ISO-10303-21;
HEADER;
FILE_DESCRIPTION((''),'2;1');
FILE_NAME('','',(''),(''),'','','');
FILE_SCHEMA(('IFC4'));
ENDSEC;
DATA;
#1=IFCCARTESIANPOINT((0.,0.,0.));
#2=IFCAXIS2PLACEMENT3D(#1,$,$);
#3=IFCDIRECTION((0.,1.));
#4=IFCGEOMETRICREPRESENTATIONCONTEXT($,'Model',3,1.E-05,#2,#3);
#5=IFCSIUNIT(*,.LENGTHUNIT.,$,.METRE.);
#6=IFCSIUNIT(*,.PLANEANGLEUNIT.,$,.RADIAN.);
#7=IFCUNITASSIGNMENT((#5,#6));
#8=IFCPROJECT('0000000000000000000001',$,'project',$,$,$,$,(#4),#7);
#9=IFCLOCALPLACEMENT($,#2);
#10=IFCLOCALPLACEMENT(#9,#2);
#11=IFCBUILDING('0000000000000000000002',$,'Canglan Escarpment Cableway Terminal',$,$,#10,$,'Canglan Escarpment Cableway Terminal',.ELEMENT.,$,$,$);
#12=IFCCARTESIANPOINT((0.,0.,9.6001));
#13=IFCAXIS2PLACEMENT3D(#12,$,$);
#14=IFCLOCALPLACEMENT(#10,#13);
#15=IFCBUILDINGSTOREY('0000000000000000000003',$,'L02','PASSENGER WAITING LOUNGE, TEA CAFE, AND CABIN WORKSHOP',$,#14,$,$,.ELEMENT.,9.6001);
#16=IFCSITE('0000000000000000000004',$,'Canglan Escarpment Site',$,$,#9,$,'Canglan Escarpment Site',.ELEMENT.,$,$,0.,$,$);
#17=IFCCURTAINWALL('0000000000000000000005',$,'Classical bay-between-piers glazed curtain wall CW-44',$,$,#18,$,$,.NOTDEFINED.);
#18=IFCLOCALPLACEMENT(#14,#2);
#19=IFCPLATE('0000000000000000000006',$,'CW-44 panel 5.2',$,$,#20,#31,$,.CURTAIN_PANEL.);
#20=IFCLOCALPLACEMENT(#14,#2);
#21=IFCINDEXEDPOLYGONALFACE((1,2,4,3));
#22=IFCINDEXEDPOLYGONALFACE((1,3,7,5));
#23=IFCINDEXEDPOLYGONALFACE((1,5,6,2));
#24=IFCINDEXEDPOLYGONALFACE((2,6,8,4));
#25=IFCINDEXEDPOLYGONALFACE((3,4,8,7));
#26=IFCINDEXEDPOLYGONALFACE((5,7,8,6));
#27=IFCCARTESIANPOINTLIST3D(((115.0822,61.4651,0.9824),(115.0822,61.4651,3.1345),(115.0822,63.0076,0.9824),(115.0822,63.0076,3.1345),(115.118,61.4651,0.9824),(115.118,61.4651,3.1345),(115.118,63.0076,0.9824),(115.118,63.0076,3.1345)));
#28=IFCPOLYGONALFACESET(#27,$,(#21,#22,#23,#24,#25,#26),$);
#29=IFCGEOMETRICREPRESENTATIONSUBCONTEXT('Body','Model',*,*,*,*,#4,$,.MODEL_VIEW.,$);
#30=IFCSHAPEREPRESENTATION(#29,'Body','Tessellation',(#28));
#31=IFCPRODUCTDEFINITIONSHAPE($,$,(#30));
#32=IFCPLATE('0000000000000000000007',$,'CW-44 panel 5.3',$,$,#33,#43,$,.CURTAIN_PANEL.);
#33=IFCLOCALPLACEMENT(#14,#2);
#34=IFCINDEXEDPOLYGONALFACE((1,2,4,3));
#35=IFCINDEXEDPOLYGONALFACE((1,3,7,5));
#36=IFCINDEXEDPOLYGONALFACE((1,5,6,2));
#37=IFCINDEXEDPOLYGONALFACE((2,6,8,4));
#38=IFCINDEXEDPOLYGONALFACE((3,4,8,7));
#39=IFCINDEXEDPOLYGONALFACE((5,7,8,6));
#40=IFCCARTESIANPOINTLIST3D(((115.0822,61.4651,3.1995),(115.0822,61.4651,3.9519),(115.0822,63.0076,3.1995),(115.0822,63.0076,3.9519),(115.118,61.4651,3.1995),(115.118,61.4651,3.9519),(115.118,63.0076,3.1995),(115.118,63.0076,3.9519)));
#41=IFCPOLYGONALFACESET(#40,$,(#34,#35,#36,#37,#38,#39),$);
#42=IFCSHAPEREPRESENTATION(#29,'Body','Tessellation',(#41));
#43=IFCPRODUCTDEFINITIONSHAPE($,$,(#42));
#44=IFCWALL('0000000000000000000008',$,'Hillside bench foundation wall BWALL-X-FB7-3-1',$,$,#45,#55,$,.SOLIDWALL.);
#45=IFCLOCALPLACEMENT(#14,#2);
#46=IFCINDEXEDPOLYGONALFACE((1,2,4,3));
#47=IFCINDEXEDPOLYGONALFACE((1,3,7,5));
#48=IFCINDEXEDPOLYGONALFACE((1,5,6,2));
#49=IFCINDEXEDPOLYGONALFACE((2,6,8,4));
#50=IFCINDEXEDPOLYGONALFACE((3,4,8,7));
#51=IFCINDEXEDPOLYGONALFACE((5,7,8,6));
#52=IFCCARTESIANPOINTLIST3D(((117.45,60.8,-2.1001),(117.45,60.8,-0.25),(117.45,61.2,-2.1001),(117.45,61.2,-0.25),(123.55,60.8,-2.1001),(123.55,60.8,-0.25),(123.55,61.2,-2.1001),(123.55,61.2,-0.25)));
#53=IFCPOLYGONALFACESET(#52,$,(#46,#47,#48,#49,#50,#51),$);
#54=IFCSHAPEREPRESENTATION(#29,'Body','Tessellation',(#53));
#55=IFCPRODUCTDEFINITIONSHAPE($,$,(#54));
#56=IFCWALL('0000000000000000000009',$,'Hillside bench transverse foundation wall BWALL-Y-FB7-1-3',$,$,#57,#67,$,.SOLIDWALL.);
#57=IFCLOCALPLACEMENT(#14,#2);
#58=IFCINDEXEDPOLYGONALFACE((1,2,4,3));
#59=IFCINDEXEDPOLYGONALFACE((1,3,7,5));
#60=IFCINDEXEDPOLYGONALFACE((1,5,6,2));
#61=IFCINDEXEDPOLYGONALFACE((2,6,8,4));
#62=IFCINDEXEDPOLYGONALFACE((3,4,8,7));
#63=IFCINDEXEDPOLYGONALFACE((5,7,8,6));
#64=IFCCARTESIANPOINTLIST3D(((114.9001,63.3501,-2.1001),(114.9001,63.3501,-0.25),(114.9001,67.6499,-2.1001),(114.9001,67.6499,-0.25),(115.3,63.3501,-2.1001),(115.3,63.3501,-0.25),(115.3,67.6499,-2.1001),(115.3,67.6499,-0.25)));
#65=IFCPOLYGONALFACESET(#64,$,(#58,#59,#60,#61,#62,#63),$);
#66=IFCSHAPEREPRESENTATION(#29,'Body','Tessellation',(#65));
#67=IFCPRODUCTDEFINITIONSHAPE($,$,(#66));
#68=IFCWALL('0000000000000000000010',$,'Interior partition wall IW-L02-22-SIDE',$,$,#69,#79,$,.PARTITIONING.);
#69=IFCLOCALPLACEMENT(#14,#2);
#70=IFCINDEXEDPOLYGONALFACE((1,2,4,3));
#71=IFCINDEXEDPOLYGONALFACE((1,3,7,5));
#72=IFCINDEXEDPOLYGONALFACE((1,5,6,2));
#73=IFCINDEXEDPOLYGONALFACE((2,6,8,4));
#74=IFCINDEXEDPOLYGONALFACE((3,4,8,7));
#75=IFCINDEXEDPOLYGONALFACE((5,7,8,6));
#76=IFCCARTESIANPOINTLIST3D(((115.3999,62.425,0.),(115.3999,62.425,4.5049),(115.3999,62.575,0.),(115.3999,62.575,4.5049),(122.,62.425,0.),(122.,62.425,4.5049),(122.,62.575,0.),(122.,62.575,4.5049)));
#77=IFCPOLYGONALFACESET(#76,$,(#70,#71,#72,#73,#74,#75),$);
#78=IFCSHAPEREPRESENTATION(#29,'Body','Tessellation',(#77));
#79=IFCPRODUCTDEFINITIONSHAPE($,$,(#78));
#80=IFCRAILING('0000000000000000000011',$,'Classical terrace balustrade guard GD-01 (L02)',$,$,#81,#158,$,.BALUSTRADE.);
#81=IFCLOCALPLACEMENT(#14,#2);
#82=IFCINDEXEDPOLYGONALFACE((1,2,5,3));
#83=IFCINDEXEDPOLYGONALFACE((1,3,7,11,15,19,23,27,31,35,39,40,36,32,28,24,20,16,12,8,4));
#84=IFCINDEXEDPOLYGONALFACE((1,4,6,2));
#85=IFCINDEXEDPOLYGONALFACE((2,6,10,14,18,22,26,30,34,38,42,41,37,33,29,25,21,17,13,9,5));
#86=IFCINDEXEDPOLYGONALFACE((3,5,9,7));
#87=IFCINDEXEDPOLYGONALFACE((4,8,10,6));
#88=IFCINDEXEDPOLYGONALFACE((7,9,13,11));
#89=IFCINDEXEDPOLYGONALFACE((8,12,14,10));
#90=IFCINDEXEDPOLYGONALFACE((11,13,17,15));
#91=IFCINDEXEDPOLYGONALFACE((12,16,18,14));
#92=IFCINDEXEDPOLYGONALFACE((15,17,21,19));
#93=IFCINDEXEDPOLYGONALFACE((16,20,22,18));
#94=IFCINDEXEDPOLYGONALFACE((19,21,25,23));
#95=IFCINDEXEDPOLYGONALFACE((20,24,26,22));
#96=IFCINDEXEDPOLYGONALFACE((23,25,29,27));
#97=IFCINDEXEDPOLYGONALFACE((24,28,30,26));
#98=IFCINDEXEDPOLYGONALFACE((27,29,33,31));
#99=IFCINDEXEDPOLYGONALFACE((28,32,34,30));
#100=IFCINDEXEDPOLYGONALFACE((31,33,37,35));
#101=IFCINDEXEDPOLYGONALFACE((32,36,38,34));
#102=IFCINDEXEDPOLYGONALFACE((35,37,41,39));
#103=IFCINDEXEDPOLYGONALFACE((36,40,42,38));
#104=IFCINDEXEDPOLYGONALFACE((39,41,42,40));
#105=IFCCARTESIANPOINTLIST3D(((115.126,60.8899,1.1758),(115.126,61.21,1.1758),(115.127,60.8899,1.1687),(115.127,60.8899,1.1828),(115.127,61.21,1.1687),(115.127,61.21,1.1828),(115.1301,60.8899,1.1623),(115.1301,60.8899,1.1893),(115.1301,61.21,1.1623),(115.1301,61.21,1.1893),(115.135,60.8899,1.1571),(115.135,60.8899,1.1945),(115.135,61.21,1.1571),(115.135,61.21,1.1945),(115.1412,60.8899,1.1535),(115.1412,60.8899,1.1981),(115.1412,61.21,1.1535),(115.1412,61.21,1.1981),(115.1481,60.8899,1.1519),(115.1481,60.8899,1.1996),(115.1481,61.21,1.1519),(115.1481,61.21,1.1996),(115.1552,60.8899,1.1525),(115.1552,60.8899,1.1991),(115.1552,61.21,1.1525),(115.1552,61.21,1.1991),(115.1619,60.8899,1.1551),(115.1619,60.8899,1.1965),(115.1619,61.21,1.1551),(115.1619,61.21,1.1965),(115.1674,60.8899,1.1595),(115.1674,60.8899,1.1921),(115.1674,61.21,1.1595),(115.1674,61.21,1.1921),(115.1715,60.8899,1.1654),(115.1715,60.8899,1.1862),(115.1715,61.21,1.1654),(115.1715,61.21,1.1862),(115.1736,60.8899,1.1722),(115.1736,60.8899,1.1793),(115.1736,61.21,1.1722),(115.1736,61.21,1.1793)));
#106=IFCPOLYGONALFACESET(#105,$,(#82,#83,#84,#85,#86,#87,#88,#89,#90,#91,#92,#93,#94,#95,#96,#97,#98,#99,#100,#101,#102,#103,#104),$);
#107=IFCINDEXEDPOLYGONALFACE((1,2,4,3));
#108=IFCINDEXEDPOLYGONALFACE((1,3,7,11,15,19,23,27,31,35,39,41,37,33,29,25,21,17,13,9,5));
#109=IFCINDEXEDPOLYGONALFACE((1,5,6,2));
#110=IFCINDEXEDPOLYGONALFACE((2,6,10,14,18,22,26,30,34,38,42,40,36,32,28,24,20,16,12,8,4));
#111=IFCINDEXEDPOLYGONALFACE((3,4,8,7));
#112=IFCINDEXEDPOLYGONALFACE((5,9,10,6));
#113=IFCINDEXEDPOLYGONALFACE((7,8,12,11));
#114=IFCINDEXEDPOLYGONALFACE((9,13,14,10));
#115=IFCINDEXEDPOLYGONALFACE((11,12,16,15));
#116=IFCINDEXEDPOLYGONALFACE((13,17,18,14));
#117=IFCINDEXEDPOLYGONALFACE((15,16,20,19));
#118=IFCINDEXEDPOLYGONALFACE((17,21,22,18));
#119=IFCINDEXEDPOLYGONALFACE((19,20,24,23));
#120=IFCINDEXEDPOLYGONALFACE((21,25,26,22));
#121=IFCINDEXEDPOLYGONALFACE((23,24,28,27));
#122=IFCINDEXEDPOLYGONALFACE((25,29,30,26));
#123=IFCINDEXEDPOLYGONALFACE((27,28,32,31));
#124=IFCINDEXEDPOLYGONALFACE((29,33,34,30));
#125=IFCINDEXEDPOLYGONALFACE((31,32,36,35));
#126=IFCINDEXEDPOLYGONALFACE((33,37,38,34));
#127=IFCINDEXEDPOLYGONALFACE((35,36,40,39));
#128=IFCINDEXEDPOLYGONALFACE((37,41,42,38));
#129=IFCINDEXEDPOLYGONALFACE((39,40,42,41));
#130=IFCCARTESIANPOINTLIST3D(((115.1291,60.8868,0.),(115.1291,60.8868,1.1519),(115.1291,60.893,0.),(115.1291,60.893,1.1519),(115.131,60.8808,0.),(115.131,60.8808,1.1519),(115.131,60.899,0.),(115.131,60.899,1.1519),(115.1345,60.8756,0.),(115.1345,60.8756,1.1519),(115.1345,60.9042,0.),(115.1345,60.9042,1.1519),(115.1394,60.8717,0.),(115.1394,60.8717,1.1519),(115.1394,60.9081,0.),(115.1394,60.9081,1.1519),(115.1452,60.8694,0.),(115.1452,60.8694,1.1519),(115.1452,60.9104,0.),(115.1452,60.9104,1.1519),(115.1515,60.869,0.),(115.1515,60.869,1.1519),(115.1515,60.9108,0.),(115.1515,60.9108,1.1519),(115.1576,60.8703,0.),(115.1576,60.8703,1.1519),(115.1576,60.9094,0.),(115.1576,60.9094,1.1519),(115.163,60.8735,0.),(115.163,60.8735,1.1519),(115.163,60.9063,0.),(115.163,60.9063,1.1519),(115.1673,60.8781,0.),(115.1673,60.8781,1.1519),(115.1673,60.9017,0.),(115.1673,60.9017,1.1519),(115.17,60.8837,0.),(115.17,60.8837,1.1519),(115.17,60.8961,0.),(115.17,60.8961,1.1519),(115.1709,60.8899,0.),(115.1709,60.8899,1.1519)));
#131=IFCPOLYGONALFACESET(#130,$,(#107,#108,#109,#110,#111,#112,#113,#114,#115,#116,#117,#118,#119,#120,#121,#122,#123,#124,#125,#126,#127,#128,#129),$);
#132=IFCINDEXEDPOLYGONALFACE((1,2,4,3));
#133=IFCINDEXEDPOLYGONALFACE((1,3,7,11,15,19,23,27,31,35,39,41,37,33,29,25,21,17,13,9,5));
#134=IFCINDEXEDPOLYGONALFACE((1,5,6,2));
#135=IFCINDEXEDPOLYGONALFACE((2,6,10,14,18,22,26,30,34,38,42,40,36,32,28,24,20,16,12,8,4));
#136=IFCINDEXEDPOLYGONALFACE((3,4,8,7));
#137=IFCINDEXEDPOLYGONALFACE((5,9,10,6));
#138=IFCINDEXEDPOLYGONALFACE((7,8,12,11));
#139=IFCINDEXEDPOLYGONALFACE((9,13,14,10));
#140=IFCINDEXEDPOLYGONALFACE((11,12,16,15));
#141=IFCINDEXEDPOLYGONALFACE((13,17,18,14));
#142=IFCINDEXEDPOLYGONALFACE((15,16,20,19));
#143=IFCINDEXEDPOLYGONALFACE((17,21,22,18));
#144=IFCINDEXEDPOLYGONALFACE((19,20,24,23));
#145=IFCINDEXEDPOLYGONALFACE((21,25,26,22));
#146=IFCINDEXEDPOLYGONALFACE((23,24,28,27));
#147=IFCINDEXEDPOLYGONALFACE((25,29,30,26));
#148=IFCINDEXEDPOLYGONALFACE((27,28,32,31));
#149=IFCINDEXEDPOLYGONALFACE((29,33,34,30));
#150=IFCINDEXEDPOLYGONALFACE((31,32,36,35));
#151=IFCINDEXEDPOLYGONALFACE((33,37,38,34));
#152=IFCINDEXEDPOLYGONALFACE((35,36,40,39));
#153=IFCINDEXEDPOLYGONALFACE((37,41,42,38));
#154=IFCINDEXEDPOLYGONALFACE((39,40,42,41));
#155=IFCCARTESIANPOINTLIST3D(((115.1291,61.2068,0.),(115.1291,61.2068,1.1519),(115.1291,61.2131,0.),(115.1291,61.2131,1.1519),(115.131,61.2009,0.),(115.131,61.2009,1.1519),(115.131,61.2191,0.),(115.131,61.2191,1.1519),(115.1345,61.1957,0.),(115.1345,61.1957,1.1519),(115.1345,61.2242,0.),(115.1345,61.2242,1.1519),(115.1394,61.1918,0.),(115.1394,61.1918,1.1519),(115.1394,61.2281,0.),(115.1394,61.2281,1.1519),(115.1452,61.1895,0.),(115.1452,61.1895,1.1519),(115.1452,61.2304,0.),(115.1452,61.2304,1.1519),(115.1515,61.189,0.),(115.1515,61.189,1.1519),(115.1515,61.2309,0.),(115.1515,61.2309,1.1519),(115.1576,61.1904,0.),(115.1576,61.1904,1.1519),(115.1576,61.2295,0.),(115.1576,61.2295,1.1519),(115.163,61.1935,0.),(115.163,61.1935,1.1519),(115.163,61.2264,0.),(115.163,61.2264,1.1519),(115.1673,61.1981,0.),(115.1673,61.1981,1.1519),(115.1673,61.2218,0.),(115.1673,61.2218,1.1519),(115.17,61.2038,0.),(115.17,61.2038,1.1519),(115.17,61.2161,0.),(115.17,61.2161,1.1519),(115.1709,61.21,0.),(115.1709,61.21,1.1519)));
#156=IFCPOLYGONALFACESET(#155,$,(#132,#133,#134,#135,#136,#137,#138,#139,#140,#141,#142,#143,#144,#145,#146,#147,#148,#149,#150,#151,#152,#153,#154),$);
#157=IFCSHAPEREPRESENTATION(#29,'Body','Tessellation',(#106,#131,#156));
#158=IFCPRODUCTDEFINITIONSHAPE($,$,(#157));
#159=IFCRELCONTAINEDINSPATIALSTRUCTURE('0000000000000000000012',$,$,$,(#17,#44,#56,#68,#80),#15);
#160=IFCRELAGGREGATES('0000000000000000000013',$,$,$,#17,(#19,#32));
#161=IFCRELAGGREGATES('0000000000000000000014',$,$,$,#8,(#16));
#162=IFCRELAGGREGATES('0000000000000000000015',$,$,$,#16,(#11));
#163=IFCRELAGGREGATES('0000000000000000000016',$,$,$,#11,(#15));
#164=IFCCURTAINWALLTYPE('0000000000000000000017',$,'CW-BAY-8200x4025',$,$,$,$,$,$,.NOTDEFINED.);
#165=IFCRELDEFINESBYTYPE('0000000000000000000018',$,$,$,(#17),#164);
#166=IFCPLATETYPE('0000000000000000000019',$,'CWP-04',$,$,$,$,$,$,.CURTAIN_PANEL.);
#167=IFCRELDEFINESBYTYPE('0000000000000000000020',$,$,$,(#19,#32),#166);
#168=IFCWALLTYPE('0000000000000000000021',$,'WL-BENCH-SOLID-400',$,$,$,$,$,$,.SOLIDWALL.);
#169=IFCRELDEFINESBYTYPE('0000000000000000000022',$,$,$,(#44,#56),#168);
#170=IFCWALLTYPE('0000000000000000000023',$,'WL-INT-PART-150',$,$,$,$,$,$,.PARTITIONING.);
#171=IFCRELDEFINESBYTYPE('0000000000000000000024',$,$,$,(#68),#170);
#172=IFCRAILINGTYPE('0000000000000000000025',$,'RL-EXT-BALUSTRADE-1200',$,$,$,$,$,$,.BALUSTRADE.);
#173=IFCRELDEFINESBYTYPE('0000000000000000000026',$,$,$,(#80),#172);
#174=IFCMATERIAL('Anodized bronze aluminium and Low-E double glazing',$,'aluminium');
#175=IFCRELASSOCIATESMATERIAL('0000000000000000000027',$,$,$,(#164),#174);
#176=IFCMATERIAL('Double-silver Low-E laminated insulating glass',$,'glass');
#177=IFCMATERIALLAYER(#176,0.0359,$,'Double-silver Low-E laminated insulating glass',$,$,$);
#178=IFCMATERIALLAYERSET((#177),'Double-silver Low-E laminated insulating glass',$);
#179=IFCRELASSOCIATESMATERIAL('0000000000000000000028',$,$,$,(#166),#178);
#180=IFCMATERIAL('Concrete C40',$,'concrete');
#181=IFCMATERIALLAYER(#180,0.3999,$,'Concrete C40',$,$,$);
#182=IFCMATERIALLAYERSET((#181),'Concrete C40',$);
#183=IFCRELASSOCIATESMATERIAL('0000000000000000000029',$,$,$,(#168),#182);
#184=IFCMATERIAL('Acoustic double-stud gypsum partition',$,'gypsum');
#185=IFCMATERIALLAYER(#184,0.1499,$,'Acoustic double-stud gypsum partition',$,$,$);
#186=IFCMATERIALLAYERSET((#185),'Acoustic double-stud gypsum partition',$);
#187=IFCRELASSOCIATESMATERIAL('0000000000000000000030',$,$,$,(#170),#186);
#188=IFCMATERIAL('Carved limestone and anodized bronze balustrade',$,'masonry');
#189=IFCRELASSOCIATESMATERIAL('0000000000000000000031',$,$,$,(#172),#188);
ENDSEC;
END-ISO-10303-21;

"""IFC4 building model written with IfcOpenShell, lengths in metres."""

from ifc_helpers import new_model, si_unit, direction, frame, frame_2d, origin, origin_2d, place, context, subcontext, project, spatial, rectangle, circle, extrude, material, layer, layer_set, type_object, element, aggregate, save


model = new_model("IFC4")

# Units and contexts
model_context = context("Model", 3, precision=1e-05, world=origin(), true_north=direction((0.0, 1.0)))
body_context = subcontext(model_context, "Body", "Model", "MODEL_VIEW")
ifc_project = project(units=[si_unit("LENGTHUNIT", "METRE"), si_unit("PLANEANGLEUNIT", "RADIAN")], contexts=[model_context])

# Site, building, storey
site_placement = place(None, origin())
site = spatial("IfcSite", under=ifc_project, at=site_placement, Name="Canglan Escarpment Site", LongName="Canglan Escarpment Site", CompositionType="ELEMENT", RefElevation=0.0)
building_placement = place(site_placement, origin())
building = spatial("IfcBuilding", under=site, at=building_placement, Name="Canglan Escarpment Cableway Terminal", LongName="Canglan Escarpment Cableway Terminal", CompositionType="ELEMENT")
storey_placement = place(building_placement, frame((0.0, 0.0, 9.6001)))
storey = spatial("IfcBuildingStorey", under=building, at=storey_placement, Name="L02", Description="PASSENGER WAITING LOUNGE, TEA CAFE, AND CABIN WORKSHOP", CompositionType="ELEMENT", Elevation=9.6001)

# Shared definitions
ifc_material_1 = material(Name="Concrete C40", Category="concrete")

# Shared definitions
ifc_material_2 = material(Name="Anodized bronze aluminium and Low-E double glazing", Category="aluminium")
curtain_wall_type = type_object("IfcCurtainWallType", Name="CW-BAY-8200x4025", PredefinedType="NOTDEFINED", material=ifc_material_2)

# Curtain wall
curtain_wall_1_placement = place(storey_placement, origin())
curtain_wall_1 = element("IfcCurtainWall", 1, at=curtain_wall_1_placement, inside=storey, type_object=curtain_wall_type, Name="Classical bay-between-piers glazed curtain wall CW-44", PredefinedType="NOTDEFINED")

# Plates
ifc_material_3 = material(Name="Double-silver Low-E laminated insulating glass", Category="glass")
ifc_layer_1 = layer(ifc_material_3, 0.0359, Name="Double-silver Low-E laminated insulating glass")
ifc_layer_set_1 = layer_set([ifc_layer_1], Name="Double-silver Low-E laminated insulating glass")
plate_type = type_object("IfcPlateType", Name="CWP-04", PredefinedType="CURTAIN_PANEL", material=ifc_layer_set_1)
plate_1_placement = place(storey_placement, frame((115.1001, 62.2363, 0.9824), z_axis=(0.0, 0.0, 1.0), x_axis=(0.0, -1.0, 0.0)))
plate_1 = element("IfcPlate", 2, at=plate_1_placement, type_object=plate_type, Name="CW-44 panel 5.2", PredefinedType="CURTAIN_PANEL", context=body_context, shape_type="SweptSolid", body=[
    extrude(rectangle(XDim=1.5425, YDim=0.0359, at=origin_2d()), origin(), (0.0, 0.0, 1.0), 2.1521),
])
plate_2_placement = place(storey_placement, frame((115.1001, 62.2363, 3.1995), z_axis=(0.0, 0.0, 1.0), x_axis=(0.0, -1.0, 0.0)))
plate_2 = element("IfcPlate", 3, at=plate_2_placement, type_object=plate_type, Name="CW-44 panel 5.3", PredefinedType="CURTAIN_PANEL", context=body_context, shape_type="SweptSolid", body=[
    extrude(rectangle(XDim=1.5425, YDim=0.0359, at=origin_2d()), origin(), (0.0, 0.0, 1.0), 0.7524),
])
aggregate(curtain_wall_1, [plate_1, plate_2])

# Walls
ifc_layer_2 = layer(ifc_material_1, 0.3999, Name="Concrete C40")
ifc_layer_set_2 = layer_set([ifc_layer_2], Name="Concrete C40")
wall_type_1 = type_object("IfcWallType", Name="WL-BENCH-SOLID-400", PredefinedType="SOLIDWALL", material=ifc_layer_set_2)
wall_1_placement = place(storey_placement, frame((117.45, 61.0, -2.1001), z_axis=(0.0, 0.0, 1.0), x_axis=(1.0, 0.0, 0.0)))
element("IfcWall", 4, at=wall_1_placement, inside=storey, type_object=wall_type_1, Name="Hillside bench foundation wall BWALL-X-FB7-3-1", PredefinedType="SOLIDWALL", context=body_context, shape_type="SweptSolid", body=[
    extrude(rectangle(XDim=6.1001, YDim=0.3999, at=frame_2d((3.05, 0.0))), origin(), (0.0, 0.0, 1.0), 1.8501),
])
wall_2_placement = place(storey_placement, frame((115.1001, 63.3501, -2.1001), z_axis=(0.0, 0.0, 1.0), x_axis=(0.0, 1.0, 0.0)))
element("IfcWall", 5, at=wall_2_placement, inside=storey, type_object=wall_type_1, Name="Hillside bench transverse foundation wall BWALL-Y-FB7-1-3", PredefinedType="SOLIDWALL", context=body_context, shape_type="SweptSolid", body=[
    extrude(rectangle(XDim=4.2998, YDim=0.3999, at=frame_2d((2.1499, 0.0))), origin(), (0.0, 0.0, 1.0), 1.8501),
])
ifc_material_4 = material(Name="Acoustic double-stud gypsum partition", Category="gypsum")
ifc_layer_3 = layer(ifc_material_4, 0.1499, Name="Acoustic double-stud gypsum partition")
ifc_layer_set_3 = layer_set([ifc_layer_3], Name="Acoustic double-stud gypsum partition")
wall_type_2 = type_object("IfcWallType", Name="WL-INT-PART-150", PredefinedType="PARTITIONING", material=ifc_layer_set_3)
wall_3_placement = place(storey_placement, frame((115.3999, 62.5, 0.0), z_axis=(0.0, 0.0, 1.0), x_axis=(1.0, 0.0, 0.0)))
element("IfcWall", 6, at=wall_3_placement, inside=storey, type_object=wall_type_2, Name="Interior partition wall IW-L02-22-SIDE", PredefinedType="PARTITIONING", context=body_context, shape_type="SweptSolid", body=[
    extrude(rectangle(XDim=6.6001, YDim=0.1499, at=frame_2d((3.3, 0.0))), origin(), (0.0, 0.0, 1.0), 4.5049),
])

# Railing
ifc_material_5 = material(Name="Carved limestone and anodized bronze balustrade", Category="masonry")
railing_type = type_object("IfcRailingType", Name="RL-EXT-BALUSTRADE-1200", PredefinedType="BALUSTRADE", material=ifc_material_5)
railing_placement = place(storey_placement, frame((115.1499, 60.8899, 0.0)))
element("IfcRailing", 7, at=railing_placement, inside=storey, type_object=railing_type, Name="Classical terrace balustrade guard GD-01 (L02)", PredefinedType="BALUSTRADE", context=body_context, shape_type="SweptSolid", body=[
    extrude(circle(Radius=0.0239, at=origin_2d()), frame((0.0, 0.0, 1.1758), z_axis=(0.0, 1.0, 0.0), x_axis=(-1.0, 0.0, 0.0)), (0.0, 0.0, 1.0), 0.3201),
    extrude(circle(Radius=0.021, at=origin_2d()), origin(), (0.0, 0.0, 1.0), 1.1519),
    extrude(circle(Radius=0.021, at=origin_2d()), frame((0.0, 0.3201, 0.0)), (0.0, 0.0, 1.0), 1.1519),
])

save(model, "model.ifc")
